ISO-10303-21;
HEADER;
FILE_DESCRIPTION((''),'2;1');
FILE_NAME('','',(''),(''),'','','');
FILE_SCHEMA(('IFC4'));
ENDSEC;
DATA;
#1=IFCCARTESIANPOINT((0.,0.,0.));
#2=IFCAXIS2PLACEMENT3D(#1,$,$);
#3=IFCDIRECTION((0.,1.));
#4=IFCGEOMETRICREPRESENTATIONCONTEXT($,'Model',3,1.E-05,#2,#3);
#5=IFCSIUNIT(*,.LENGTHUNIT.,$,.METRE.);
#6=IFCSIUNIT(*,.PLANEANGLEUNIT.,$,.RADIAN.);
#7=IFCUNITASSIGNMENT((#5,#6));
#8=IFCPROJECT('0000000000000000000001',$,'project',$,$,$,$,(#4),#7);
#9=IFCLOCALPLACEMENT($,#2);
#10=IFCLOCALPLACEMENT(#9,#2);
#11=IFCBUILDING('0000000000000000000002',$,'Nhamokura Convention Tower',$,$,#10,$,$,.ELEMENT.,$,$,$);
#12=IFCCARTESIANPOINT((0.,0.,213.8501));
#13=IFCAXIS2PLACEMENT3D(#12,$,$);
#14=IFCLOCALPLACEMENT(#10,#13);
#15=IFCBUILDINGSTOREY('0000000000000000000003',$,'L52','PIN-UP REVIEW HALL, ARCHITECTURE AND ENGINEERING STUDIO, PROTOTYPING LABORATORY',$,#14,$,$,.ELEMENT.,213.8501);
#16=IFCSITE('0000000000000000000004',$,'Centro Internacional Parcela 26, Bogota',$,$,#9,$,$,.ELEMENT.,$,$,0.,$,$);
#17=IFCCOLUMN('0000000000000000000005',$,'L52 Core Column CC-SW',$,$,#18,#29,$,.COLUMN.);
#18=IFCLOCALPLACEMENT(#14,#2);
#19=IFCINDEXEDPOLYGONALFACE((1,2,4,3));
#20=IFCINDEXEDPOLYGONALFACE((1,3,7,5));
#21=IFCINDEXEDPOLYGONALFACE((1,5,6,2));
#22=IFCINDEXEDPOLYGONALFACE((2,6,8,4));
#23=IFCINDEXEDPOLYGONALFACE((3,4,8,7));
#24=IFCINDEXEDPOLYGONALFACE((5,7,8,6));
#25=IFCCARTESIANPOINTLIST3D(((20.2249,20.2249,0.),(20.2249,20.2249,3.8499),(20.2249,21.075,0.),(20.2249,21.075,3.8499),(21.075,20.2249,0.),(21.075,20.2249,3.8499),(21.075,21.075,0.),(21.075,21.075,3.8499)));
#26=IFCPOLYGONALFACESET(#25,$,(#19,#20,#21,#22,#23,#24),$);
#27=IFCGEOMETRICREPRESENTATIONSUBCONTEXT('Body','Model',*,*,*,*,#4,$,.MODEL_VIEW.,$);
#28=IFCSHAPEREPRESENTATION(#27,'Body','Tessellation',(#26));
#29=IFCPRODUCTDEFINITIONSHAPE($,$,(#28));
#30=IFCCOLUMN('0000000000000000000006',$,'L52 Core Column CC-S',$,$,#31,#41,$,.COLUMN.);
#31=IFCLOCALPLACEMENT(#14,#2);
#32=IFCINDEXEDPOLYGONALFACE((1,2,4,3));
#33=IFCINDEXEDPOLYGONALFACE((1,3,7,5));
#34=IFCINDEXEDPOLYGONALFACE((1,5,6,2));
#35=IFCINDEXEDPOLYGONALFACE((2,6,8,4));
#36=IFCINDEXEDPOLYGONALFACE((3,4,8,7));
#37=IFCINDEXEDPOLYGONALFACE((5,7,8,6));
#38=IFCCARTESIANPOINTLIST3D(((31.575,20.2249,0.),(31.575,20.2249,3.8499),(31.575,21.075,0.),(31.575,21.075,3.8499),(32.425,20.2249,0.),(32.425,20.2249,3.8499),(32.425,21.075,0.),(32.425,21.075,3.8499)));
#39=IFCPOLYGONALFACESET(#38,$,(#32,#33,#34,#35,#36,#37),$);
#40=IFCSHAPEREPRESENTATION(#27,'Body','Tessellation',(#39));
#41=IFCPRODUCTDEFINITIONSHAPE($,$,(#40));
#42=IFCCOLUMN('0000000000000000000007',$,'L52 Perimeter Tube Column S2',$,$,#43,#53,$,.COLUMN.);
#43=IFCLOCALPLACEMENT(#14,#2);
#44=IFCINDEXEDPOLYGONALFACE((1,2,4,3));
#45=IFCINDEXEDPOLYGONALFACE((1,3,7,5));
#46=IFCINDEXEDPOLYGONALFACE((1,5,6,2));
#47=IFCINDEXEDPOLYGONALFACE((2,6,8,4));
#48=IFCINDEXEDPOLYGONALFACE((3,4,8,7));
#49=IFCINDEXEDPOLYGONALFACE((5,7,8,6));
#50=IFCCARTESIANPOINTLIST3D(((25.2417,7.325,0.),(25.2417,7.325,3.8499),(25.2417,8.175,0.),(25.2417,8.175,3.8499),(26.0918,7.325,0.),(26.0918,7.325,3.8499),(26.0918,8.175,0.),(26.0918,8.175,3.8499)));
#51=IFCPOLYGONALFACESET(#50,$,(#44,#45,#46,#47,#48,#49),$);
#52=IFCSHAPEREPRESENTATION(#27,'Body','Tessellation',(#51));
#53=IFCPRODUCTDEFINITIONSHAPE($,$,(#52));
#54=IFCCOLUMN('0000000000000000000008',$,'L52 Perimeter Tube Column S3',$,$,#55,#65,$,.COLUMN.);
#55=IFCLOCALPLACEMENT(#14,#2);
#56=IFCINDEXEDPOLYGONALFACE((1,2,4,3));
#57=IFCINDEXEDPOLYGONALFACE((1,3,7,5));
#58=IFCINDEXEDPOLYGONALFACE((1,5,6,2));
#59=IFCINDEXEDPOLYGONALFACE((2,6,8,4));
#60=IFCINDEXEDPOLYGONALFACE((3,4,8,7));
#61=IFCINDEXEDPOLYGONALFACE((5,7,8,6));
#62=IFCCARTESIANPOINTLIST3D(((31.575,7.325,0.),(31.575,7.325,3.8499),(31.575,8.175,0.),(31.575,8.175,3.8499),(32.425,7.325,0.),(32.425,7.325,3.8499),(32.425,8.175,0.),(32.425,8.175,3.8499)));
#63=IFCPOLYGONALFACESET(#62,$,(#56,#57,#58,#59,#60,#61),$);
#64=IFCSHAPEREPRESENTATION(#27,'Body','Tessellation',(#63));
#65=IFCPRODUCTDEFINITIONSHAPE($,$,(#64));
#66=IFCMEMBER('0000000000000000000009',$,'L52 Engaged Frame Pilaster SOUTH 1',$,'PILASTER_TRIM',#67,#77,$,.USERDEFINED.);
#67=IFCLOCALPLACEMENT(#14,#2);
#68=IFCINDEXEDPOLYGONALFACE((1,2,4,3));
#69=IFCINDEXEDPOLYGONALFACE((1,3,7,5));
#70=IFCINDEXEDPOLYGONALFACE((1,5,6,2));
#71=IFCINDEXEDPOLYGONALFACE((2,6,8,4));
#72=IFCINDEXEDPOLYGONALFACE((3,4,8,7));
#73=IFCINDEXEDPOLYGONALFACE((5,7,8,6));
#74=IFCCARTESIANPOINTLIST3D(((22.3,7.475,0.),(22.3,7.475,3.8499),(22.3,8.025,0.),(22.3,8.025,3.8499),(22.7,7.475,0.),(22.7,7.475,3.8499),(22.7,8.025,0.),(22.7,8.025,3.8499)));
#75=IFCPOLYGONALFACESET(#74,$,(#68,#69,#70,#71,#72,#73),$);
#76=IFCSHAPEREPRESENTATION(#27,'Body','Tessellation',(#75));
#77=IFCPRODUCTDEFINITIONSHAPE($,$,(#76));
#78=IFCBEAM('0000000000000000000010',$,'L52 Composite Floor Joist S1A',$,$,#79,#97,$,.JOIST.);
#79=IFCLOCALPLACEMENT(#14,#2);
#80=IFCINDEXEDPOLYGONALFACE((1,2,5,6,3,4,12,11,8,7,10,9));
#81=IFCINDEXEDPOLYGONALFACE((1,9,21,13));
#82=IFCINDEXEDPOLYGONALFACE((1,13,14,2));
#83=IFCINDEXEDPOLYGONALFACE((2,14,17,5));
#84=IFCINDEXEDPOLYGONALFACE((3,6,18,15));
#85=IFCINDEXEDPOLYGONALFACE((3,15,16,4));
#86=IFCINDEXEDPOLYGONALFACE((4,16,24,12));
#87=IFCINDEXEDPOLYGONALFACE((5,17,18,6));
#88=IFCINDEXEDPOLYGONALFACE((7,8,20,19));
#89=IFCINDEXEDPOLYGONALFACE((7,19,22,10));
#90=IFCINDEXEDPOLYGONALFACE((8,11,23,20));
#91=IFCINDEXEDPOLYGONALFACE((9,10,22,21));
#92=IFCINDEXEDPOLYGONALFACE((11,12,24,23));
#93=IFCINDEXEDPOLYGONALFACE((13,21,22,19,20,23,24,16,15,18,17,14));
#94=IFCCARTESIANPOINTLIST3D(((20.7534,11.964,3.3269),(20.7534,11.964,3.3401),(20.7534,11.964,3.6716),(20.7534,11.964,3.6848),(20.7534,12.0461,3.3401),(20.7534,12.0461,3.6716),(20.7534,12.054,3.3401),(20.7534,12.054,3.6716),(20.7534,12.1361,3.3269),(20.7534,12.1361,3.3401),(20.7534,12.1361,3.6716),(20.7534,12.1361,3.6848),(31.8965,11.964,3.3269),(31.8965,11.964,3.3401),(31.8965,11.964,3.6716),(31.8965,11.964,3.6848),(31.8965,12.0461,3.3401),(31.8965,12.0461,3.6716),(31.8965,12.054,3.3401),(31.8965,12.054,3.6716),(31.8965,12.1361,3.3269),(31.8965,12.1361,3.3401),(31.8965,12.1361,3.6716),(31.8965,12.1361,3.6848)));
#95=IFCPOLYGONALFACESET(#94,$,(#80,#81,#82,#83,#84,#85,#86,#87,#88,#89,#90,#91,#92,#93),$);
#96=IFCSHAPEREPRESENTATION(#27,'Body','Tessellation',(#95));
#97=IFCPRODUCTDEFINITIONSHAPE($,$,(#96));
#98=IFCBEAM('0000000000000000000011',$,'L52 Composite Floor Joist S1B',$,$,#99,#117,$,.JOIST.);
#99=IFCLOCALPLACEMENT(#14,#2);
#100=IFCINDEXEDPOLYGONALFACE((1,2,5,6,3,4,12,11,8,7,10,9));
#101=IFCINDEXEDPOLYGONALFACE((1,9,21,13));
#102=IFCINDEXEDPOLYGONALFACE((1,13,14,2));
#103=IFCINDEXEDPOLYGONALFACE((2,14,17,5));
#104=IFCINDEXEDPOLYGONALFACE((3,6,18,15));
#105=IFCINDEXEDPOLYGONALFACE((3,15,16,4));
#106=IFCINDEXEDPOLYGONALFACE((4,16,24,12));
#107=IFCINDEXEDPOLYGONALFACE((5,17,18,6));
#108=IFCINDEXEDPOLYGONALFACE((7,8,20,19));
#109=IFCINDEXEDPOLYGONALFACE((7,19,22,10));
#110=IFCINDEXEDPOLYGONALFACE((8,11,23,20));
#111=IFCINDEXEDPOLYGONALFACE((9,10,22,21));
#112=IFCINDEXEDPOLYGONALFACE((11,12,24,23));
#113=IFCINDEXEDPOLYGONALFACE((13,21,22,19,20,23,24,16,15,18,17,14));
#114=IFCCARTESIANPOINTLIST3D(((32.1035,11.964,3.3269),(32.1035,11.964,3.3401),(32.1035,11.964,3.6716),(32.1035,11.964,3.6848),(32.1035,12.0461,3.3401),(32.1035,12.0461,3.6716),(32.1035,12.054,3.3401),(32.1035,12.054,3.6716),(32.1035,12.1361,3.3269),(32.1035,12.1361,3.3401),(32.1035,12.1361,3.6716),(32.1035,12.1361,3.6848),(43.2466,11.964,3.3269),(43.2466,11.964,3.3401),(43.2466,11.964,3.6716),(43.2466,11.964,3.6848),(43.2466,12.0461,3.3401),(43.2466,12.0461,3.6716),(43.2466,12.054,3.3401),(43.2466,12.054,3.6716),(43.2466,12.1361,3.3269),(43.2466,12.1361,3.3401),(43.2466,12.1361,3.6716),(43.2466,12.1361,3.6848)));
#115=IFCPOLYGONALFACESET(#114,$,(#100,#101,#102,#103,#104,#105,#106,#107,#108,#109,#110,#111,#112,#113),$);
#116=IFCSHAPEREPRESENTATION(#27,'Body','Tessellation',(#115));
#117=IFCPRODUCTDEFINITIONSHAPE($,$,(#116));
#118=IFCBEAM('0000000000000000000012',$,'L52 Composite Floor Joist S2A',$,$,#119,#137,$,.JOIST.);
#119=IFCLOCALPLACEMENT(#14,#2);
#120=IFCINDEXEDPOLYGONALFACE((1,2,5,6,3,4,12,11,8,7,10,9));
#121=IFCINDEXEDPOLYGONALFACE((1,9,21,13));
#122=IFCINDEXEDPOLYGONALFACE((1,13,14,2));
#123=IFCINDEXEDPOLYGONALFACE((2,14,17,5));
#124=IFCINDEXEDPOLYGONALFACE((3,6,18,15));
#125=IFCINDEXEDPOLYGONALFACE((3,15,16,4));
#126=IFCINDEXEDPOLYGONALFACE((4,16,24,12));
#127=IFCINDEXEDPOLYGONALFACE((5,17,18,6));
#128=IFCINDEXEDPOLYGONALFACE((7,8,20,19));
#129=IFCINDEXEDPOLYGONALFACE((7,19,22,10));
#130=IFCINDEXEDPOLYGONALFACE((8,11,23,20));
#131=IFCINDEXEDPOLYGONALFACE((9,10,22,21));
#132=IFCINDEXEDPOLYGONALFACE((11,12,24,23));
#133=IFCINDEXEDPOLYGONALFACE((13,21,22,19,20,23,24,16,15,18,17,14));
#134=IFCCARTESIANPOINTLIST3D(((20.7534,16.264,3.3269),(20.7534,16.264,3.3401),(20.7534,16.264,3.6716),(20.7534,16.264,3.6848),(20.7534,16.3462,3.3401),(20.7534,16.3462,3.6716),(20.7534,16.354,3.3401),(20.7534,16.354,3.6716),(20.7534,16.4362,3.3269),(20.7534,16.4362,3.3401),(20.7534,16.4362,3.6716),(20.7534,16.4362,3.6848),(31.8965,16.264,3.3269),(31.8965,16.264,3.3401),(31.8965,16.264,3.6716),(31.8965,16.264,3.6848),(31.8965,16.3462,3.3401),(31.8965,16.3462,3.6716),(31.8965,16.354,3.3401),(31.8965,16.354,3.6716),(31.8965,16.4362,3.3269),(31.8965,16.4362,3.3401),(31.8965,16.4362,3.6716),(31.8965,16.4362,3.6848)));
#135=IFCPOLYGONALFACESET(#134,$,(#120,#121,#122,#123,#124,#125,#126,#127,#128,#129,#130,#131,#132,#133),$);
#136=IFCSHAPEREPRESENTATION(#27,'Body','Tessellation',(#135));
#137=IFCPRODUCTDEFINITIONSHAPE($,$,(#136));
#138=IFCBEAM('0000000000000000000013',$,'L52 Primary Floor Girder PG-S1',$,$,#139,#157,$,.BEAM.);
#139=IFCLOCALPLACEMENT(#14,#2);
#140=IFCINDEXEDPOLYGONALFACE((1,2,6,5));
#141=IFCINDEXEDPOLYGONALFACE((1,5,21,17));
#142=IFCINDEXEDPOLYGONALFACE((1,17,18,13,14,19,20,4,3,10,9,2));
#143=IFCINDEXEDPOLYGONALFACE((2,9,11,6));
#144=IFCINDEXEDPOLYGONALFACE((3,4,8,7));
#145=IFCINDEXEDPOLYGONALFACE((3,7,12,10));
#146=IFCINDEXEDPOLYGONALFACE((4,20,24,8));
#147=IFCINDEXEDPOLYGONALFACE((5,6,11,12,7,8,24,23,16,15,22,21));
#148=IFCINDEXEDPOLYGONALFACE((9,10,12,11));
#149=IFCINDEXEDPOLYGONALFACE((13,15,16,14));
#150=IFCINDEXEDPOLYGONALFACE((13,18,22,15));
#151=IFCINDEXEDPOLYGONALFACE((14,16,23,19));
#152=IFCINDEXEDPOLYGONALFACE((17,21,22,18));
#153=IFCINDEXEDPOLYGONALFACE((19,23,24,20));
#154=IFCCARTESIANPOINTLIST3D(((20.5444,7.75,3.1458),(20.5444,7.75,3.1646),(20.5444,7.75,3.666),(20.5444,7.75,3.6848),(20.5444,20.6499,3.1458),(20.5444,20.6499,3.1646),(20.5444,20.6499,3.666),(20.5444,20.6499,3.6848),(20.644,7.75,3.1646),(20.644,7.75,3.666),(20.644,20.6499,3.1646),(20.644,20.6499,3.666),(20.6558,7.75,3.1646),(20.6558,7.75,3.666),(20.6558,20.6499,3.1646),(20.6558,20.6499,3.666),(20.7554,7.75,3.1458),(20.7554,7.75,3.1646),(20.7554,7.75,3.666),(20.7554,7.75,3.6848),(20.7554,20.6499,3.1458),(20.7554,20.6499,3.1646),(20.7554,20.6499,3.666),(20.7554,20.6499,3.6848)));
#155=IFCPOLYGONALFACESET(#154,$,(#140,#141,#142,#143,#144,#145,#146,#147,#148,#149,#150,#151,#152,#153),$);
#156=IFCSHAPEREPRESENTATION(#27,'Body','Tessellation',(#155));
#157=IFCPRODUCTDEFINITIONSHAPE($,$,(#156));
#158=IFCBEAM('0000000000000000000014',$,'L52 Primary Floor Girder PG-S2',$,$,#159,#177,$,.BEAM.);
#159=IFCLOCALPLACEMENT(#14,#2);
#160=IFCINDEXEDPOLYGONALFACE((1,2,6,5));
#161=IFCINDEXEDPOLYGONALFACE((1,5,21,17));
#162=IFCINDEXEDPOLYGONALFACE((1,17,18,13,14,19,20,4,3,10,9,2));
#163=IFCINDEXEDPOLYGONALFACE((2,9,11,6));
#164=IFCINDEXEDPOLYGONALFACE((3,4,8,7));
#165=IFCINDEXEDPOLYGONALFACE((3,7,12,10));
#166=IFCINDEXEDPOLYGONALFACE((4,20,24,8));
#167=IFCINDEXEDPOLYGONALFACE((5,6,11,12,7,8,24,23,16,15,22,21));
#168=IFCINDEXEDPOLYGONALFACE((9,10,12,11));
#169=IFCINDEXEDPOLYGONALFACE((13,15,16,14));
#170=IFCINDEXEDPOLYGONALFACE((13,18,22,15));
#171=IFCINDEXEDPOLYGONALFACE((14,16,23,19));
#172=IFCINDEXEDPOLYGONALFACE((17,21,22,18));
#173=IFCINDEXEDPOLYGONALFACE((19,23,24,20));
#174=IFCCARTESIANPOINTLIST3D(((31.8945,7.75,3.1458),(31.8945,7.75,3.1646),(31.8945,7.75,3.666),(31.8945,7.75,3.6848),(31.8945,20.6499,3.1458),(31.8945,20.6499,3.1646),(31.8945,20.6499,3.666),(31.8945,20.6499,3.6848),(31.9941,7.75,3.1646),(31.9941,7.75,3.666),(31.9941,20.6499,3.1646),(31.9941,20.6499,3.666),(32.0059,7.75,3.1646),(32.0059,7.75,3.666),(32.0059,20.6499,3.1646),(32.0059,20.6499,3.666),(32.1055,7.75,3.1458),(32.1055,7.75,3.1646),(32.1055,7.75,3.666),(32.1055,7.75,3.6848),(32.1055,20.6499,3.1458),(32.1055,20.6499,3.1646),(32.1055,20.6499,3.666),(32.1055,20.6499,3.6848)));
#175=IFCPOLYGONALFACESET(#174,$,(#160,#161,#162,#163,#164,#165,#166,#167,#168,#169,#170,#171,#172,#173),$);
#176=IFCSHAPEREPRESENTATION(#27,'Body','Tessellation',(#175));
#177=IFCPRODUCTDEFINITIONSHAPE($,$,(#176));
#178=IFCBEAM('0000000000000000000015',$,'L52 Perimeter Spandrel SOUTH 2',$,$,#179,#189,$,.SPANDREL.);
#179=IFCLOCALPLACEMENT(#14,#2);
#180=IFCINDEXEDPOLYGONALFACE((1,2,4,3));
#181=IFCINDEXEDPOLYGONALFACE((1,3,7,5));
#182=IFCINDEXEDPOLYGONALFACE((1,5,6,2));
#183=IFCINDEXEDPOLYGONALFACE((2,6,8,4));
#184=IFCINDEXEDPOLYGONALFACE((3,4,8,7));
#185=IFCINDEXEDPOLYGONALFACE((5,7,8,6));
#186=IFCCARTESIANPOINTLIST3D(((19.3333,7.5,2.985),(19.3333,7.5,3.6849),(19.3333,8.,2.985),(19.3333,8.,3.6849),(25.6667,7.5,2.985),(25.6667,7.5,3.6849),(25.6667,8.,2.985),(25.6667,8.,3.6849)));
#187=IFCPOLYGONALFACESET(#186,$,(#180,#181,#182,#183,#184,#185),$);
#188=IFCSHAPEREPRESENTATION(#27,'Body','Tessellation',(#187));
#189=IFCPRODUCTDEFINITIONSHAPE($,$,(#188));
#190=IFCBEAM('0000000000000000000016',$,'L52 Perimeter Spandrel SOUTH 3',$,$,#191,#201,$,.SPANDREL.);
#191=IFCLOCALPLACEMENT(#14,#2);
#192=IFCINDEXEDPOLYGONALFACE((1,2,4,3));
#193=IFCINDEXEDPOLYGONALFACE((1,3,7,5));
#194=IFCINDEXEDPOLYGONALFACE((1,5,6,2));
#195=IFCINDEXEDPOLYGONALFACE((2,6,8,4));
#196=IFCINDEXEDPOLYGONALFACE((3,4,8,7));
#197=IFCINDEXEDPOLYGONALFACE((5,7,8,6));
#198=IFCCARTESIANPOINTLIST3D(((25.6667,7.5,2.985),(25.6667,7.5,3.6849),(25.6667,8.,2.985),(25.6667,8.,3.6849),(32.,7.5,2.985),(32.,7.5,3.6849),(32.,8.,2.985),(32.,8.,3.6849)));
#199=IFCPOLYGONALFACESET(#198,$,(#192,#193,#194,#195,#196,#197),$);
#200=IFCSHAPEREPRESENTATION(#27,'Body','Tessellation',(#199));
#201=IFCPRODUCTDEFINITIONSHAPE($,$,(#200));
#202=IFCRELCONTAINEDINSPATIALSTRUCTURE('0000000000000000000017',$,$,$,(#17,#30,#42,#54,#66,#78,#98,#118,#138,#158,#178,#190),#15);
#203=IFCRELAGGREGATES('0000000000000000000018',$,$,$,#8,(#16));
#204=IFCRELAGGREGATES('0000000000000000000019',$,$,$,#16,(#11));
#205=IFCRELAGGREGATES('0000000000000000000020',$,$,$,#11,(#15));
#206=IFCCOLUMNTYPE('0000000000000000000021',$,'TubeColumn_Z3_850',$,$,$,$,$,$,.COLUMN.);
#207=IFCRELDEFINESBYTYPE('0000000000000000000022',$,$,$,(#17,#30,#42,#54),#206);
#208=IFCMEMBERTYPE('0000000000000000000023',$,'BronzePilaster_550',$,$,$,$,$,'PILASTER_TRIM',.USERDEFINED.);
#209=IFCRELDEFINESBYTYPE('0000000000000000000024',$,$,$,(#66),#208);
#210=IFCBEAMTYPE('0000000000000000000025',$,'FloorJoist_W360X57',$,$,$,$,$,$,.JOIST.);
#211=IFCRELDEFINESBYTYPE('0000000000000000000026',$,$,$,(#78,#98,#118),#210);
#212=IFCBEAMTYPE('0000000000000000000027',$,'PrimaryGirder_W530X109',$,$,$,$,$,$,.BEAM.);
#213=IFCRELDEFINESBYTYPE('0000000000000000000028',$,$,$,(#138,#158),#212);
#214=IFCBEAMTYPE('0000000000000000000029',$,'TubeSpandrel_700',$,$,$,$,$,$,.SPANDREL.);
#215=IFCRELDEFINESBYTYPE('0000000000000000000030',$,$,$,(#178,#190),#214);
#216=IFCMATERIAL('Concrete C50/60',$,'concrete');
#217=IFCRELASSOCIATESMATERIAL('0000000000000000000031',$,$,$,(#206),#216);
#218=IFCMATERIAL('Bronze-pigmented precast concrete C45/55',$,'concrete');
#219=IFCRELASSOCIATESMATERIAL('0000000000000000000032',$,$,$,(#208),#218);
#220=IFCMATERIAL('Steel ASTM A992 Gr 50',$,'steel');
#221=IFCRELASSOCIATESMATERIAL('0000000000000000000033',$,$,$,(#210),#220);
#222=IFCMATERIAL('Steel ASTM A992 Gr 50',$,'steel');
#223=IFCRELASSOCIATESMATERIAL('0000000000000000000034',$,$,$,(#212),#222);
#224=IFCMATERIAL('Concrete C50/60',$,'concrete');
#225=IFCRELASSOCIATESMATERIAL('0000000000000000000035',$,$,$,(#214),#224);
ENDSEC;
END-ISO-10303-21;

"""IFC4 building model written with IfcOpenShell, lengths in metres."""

from ifc_helpers import new_model, si_unit, direction, frame, origin, origin_2d, place, context, subcontext, project, spatial, rectangle, i_section, extrude, material, material_profile, profile_set, type_object, element, save


model = new_model("IFC4")

# Units and contexts
model_context = context("Model", 3, precision=1e-05, world=origin(), true_north=direction((0.0, 1.0)))
body_context = subcontext(model_context, "Body", "Model", "MODEL_VIEW")
ifc_project = project(units=[si_unit("LENGTHUNIT", "METRE"), si_unit("PLANEANGLEUNIT", "RADIAN")], contexts=[model_context])

# Site, building, storey
site_placement = place(None, origin())
site = spatial("IfcSite", under=ifc_project, at=site_placement, Name="Centro Internacional Parcela 26, Bogota", CompositionType="ELEMENT", RefElevation=0.0)
building_placement = place(site_placement, origin())
building = spatial("IfcBuilding", under=site, at=building_placement, Name="Nhamokura Convention Tower", CompositionType="ELEMENT")
storey_placement = place(building_placement, frame((0.0, 0.0, 213.8501)))
storey = spatial("IfcBuildingStorey", under=building, at=storey_placement, Name="L52", Description="PIN-UP REVIEW HALL, ARCHITECTURE AND ENGINEERING STUDIO, PROTOTYPING LABORATORY", CompositionType="ELEMENT", Elevation=213.8501)

# Columns
ifc_material_1 = material(Name="Concrete C50/60", Category="concrete")
ifc_material_profile_1 = material_profile(ifc_material_1, rectangle(XDim=0.8501, YDim=0.8501, at=origin_2d()))
ifc_profile_set_1 = profile_set([ifc_material_profile_1], Name="Concrete C50/60")
column_type = type_object("IfcColumnType", Name="TubeColumn_Z3_850", PredefinedType="COLUMN", material=ifc_profile_set_1)
for number, where, z_axis, x_axis, name in (
    (1, (20.6499, 20.6499, 0.0), (0.0, 0.0, 1.0), (1.0, 0.0, 0.0), "L52 Core Column CC-SW"),
    (2, (32.0, 20.6499, 0.0), (0.0, 0.0, 1.0), (1.0, 0.0, 0.0), "L52 Core Column CC-S"),
    (3, (25.6667, 7.75, 0.0), (0.0, 0.0, 1.0), (1.0, 0.0, 0.0), "L52 Perimeter Tube Column S2"),
    (4, (32.0, 7.75, 0.0), (0.0, 0.0, 1.0), (1.0, 0.0, 0.0), "L52 Perimeter Tube Column S3"),
):
    element("IfcColumn", number, at=place(storey_placement, frame(where, z_axis=z_axis, x_axis=x_axis)), inside=storey, type_object=column_type, Name=name, PredefinedType="COLUMN", context=body_context, shape_type="SweptSolid", body=[
        extrude(rectangle(XDim=0.8501, YDim=0.8501, at=origin_2d()), origin(), (0.0, 0.0, 1.0), 3.8499),
    ])

# Member
ifc_material_2 = material(Name="Bronze-pigmented precast concrete C45/55", Category="concrete")
ifc_material_profile_2 = material_profile(ifc_material_2, rectangle(XDim=0.3999, YDim=0.55, at=origin_2d()))
ifc_profile_set_2 = profile_set([ifc_material_profile_2], Name="Bronze-pigmented precast concrete C45/55")
member_type = type_object("IfcMemberType", Name="BronzePilaster_550", ElementType="PILASTER_TRIM", PredefinedType="USERDEFINED", material=ifc_profile_set_2)
member_placement = place(storey_placement, frame((22.5, 7.75, 0.0), z_axis=(0.0, 0.0, 1.0), x_axis=(1.0, 0.0, 0.0)))
element("IfcMember", 5, at=member_placement, inside=storey, type_object=member_type, Name="L52 Engaged Frame Pilaster SOUTH 1", ObjectType="PILASTER_TRIM", PredefinedType="USERDEFINED", context=body_context, shape_type="SweptSolid", body=[
    extrude(rectangle(XDim=0.3999, YDim=0.55, at=origin_2d()), origin(), (0.0, 0.0, 1.0), 3.8499),
])

# Beams
ifc_material_3 = material(Name="Steel ASTM A992 Gr 50", Category="steel")
ifc_material_profile_3 = material_profile(ifc_material_3, i_section(OverallWidth=0.1721, OverallDepth=0.3579, WebThickness=0.0078, FlangeThickness=0.0132, at=origin_2d()))
ifc_profile_set_3 = profile_set([ifc_material_profile_3], Name="Steel ASTM A992 Gr 50")
beam_type_1 = type_object("IfcBeamType", Name="FloorJoist_W360X57", PredefinedType="JOIST", material=ifc_profile_set_3)
for number, where, z_axis, x_axis, name in (
    (6, (20.7534, 12.05, 3.5059), (1.0, 0.0, 0.0), (0.0, 1.0, 0.0), "L52 Composite Floor Joist S1A"),
    (7, (32.1035, 12.05, 3.5059), (1.0, 0.0, 0.0), (0.0, 1.0, 0.0), "L52 Composite Floor Joist S1B"),
    (8, (20.7534, 16.3501, 3.5059), (1.0, 0.0, 0.0), (0.0, 1.0, 0.0), "L52 Composite Floor Joist S2A"),
):
    element("IfcBeam", number, at=place(storey_placement, frame(where, z_axis=z_axis, x_axis=x_axis)), inside=storey, type_object=beam_type_1, Name=name, PredefinedType="JOIST", context=body_context, shape_type="SweptSolid", body=[
        extrude(i_section(OverallWidth=0.1721, OverallDepth=0.3579, WebThickness=0.0078, FlangeThickness=0.0132, at=origin_2d()), origin(), (0.0, 0.0, 1.0), 11.1431),
    ])
ifc_material_4 = material(Name="Steel ASTM A992 Gr 50", Category="steel")
ifc_material_profile_4 = material_profile(ifc_material_4, i_section(OverallWidth=0.2109, OverallDepth=0.5391, WebThickness=0.0117, FlangeThickness=0.0188, at=origin_2d()))
ifc_profile_set_4 = profile_set([ifc_material_profile_4], Name="Steel ASTM A992 Gr 50")
beam_type_2 = type_object("IfcBeamType", Name="PrimaryGirder_W530X109", PredefinedType="BEAM", material=ifc_profile_set_4)
for number, where, z_axis, x_axis, name in (
    (9, (20.6499, 7.75, 3.4153), (0.0, 1.0, 0.0), (-1.0, 0.0, 0.0), "L52 Primary Floor Girder PG-S1"),
    (10, (32.0, 7.75, 3.4153), (0.0, 1.0, 0.0), (-1.0, 0.0, 0.0), "L52 Primary Floor Girder PG-S2"),
):
    element("IfcBeam", number, at=place(storey_placement, frame(where, z_axis=z_axis, x_axis=x_axis)), inside=storey, type_object=beam_type_2, Name=name, PredefinedType="BEAM", context=body_context, shape_type="SweptSolid", body=[
        extrude(i_section(OverallWidth=0.2109, OverallDepth=0.5391, WebThickness=0.0117, FlangeThickness=0.0188, at=origin_2d()), origin(), (0.0, 0.0, 1.0), 12.8999),
    ])
ifc_material_5 = material(Name="Concrete C50/60", Category="concrete")
ifc_material_profile_5 = material_profile(ifc_material_5, rectangle(XDim=0.5, YDim=0.7, at=origin_2d()))
ifc_profile_set_5 = profile_set([ifc_material_profile_5], Name="Concrete C50/60")
beam_type_3 = type_object("IfcBeamType", Name="TubeSpandrel_700", PredefinedType="SPANDREL", material=ifc_profile_set_5)
beam_placement = place(storey_placement, frame((19.3333, 7.75, 3.335), z_axis=(1.0, 0.0, 0.0), x_axis=(0.0, 1.0, 0.0)))
element("IfcBeam", 11, at=beam_placement, inside=storey, type_object=beam_type_3, Name="L52 Perimeter Spandrel SOUTH 2", PredefinedType="SPANDREL", context=body_context, shape_type="SweptSolid", body=[
    extrude(rectangle(XDim=0.5, YDim=0.7, at=origin_2d()), origin(), (0.0, 0.0, 1.0), 6.3335),
])
for number, where, z_axis, x_axis, name in (
    (12, (25.6667, 7.75, 3.335), (1.0, 0.0, 0.0), (0.0, 1.0, 0.0), "L52 Perimeter Spandrel SOUTH 3"),
):
    element("IfcBeam", number, at=place(storey_placement, frame(where, z_axis=z_axis, x_axis=x_axis)), inside=storey, type_object=beam_type_3, Name=name, PredefinedType="SPANDREL", context=body_context, shape_type="SweptSolid", body=[
        extrude(rectangle(XDim=0.5, YDim=0.7, at=origin_2d()), origin(), (0.0, 0.0, 1.0), 6.3333),
    ])

save(model, "model.ifc")
